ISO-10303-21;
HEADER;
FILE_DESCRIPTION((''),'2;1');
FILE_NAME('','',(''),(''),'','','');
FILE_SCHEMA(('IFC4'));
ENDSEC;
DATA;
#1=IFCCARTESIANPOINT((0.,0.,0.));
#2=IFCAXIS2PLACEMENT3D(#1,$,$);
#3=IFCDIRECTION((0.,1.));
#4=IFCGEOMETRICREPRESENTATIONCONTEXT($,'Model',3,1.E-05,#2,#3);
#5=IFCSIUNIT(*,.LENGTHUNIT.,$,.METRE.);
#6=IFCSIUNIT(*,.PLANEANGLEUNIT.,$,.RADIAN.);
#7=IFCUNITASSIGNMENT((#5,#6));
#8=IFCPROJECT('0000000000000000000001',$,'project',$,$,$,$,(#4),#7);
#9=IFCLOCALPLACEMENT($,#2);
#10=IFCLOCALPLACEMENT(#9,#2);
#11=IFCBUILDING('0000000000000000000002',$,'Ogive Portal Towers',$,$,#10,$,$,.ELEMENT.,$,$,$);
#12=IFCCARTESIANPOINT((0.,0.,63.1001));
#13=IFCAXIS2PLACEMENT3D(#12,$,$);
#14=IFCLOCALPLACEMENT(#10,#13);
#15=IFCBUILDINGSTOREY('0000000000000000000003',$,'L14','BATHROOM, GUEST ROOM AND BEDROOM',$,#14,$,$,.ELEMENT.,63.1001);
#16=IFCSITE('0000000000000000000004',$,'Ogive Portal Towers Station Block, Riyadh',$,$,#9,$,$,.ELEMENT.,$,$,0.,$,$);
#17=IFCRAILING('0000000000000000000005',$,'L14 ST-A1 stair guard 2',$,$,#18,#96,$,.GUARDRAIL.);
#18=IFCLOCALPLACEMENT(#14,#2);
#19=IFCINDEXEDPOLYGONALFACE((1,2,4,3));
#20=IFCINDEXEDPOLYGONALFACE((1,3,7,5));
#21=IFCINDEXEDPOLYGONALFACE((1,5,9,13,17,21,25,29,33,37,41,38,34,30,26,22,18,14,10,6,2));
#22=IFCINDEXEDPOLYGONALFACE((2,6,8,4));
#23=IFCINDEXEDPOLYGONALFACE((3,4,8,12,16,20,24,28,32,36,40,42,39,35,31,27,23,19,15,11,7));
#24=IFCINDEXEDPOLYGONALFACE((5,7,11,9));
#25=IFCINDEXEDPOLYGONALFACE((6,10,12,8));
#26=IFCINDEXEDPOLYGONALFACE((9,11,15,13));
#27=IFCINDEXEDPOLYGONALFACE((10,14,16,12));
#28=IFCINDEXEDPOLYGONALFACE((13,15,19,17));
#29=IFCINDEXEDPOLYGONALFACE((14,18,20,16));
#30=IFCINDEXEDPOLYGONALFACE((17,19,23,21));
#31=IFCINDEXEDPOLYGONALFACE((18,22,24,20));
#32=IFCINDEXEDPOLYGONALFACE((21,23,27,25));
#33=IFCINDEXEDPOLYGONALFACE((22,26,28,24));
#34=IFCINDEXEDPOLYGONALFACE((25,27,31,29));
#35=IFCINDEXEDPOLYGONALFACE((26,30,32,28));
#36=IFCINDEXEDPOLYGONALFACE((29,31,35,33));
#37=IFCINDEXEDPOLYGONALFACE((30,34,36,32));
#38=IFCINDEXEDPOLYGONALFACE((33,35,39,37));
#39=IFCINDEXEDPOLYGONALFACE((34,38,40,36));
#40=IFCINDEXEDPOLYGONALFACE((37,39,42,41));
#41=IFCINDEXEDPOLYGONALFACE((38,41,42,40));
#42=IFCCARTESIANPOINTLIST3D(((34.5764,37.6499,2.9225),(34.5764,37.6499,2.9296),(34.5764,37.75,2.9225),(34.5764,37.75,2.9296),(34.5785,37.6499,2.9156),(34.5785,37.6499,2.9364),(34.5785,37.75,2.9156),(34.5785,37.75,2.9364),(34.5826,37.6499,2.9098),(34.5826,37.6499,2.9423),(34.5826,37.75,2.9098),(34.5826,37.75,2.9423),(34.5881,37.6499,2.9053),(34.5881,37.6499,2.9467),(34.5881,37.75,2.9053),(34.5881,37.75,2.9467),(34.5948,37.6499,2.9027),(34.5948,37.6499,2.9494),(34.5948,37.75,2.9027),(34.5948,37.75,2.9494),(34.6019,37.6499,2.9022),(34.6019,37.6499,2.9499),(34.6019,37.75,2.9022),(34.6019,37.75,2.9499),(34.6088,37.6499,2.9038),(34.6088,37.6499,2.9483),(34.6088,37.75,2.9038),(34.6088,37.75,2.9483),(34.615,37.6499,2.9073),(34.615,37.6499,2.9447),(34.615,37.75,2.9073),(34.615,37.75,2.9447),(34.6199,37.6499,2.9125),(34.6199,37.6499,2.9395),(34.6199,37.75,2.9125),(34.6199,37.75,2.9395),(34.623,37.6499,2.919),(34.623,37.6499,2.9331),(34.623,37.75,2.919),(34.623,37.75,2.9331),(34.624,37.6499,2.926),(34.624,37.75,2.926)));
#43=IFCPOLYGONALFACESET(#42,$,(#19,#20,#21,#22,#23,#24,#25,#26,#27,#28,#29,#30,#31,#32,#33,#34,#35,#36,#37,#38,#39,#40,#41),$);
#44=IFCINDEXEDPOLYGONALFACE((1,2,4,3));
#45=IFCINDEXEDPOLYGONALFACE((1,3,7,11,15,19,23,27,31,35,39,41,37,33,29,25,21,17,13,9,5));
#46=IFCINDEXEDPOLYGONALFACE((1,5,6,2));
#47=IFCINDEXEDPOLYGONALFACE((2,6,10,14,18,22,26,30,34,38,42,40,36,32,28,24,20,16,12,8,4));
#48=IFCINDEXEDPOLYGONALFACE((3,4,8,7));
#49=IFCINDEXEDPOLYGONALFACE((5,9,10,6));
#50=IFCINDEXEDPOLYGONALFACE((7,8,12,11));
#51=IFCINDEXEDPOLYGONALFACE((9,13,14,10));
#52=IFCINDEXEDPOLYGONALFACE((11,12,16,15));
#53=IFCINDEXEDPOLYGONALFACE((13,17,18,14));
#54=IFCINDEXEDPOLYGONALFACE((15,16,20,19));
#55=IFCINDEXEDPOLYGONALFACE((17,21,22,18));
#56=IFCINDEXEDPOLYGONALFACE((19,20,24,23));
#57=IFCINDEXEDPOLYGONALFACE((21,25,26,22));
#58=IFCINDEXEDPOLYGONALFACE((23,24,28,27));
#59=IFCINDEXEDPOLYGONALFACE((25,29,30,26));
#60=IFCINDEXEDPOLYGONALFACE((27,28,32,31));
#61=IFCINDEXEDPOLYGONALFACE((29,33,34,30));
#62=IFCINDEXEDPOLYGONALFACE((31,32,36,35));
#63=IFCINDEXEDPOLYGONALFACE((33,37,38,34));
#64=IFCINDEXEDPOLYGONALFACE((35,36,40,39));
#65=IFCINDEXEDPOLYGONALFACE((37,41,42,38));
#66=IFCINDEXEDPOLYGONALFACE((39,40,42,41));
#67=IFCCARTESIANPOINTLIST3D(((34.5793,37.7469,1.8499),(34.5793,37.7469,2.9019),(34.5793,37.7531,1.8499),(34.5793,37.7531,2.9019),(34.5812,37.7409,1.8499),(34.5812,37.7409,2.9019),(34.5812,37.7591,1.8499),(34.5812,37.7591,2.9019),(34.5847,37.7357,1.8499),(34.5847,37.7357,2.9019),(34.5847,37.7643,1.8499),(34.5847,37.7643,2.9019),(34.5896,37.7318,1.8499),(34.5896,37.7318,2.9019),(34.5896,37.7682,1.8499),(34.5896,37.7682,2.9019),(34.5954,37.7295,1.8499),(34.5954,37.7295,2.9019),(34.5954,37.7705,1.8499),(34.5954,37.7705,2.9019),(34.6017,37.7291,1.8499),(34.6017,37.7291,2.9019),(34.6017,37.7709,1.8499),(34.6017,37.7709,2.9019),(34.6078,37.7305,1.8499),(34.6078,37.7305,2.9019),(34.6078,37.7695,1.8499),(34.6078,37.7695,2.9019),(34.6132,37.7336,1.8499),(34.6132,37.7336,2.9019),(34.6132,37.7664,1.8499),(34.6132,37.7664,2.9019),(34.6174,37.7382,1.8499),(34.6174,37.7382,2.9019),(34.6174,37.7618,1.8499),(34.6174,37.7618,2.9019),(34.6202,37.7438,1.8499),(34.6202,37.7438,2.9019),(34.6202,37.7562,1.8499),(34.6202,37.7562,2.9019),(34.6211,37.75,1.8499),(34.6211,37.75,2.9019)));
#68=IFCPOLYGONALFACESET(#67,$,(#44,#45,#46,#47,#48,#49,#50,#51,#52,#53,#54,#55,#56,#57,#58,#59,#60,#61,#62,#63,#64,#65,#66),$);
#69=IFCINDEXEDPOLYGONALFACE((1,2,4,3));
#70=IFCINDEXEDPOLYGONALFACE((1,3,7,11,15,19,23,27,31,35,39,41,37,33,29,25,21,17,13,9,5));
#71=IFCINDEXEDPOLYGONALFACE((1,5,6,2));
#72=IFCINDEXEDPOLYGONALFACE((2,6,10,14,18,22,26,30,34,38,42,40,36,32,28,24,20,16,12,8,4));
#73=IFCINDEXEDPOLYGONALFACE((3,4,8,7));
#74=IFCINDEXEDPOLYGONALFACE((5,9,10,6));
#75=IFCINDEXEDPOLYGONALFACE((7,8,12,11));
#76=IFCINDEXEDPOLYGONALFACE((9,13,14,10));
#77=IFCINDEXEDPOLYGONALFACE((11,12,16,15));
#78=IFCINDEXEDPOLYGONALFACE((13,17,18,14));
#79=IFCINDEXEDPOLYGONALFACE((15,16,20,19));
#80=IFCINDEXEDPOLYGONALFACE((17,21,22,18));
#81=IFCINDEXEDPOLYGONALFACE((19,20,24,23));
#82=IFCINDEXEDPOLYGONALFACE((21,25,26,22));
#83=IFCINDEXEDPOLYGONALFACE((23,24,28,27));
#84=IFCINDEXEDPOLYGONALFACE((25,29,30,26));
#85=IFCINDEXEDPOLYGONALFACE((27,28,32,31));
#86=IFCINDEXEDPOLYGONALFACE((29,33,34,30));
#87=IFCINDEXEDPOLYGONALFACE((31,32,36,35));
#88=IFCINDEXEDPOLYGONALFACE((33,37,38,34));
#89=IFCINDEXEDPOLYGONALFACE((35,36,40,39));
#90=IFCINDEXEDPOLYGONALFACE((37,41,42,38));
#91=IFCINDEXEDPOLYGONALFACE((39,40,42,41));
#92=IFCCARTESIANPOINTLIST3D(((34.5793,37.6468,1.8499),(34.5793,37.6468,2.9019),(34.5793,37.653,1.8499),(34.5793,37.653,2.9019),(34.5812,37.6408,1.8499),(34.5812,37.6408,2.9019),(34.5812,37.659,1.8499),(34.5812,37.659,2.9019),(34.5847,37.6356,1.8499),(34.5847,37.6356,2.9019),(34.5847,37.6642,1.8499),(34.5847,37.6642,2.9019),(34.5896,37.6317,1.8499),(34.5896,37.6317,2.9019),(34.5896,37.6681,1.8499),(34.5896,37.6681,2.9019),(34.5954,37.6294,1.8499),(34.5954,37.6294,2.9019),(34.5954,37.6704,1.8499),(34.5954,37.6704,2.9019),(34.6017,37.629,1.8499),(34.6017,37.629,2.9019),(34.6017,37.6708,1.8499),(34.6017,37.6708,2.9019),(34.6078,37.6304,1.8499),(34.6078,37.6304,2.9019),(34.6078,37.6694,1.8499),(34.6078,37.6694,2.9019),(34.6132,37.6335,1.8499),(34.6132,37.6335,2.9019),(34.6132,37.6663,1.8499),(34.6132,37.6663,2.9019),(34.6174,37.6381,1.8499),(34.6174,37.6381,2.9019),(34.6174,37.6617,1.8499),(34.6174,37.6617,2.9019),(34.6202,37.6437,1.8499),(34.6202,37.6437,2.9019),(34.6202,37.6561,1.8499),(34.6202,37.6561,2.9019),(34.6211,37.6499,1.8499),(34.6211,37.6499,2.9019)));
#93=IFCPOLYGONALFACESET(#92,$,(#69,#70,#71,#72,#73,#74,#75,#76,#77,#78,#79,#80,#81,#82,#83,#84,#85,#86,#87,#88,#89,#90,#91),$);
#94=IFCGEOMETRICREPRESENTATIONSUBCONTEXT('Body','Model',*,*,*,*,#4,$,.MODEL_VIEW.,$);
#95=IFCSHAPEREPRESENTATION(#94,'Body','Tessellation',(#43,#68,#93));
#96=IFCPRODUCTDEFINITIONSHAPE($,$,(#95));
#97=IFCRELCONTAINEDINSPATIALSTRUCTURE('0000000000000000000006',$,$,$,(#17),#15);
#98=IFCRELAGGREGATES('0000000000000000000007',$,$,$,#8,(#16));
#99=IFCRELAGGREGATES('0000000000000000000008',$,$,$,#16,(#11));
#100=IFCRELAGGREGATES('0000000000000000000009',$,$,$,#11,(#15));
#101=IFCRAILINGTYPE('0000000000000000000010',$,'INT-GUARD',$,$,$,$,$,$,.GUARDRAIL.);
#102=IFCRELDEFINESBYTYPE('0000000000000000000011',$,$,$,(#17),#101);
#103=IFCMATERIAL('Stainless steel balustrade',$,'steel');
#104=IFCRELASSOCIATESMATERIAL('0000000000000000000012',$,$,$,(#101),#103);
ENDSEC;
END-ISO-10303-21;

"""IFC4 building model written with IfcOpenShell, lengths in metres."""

from ifc_helpers import new_model, si_unit, direction, frame, origin, origin_2d, place, context, subcontext, project, spatial, circle, extrude, material, type_object, element, save


model = new_model("IFC4")

# Units and contexts
model_context = context("Model", 3, precision=1e-05, world=origin(), true_north=direction((0.0, 1.0)))
body_context = subcontext(model_context, "Body", "Model", "MODEL_VIEW")
ifc_project = project(units=[si_unit("LENGTHUNIT", "METRE"), si_unit("PLANEANGLEUNIT", "RADIAN")], contexts=[model_context])

# Site, building, storey
site_placement = place(None, origin())
site = spatial("IfcSite", under=ifc_project, at=site_placement, Name="Ogive Portal Towers Station Block, Riyadh", CompositionType="ELEMENT", RefElevation=0.0)
building_placement = place(site_placement, origin())
building = spatial("IfcBuilding", under=site, at=building_placement, Name="Ogive Portal Towers", CompositionType="ELEMENT")
storey_placement = place(building_placement, frame((0.0, 0.0, 63.1001)))
storey = spatial("IfcBuildingStorey", under=building, at=storey_placement, Name="L14", Description="BATHROOM, GUEST ROOM AND BEDROOM", CompositionType="ELEMENT", Elevation=63.1001)

# Railing
ifc_material_1 = material(Name="Stainless steel balustrade", Category="steel")
railing_type_1 = type_object("IfcRailingType", Name="INT-GUARD", PredefinedType="GUARDRAIL", material=ifc_material_1)
railing_1_placement = place(storey_placement, frame((34.6001, 37.75, 1.8499)))
element("IfcRailing", 1, at=railing_1_placement, inside=storey, type_object=railing_type_1, Name="L14 ST-A1 stair guard 2", PredefinedType="GUARDRAIL", context=body_context, shape_type="SweptSolid", body=[
    extrude(circle(Radius=0.0239, at=origin_2d()), frame((0.0, 0.0, 1.0762), z_axis=(0.0, -1.0, 0.0), x_axis=(1.0, 0.0, 0.0)), (0.0, 0.0, 1.0), 0.1001),
    extrude(circle(Radius=0.021, at=origin_2d()), origin(), (0.0, 0.0, 1.0), 1.052),
    extrude(circle(Radius=0.021, at=origin_2d()), frame((0.0, -0.1001, 0.0)), (0.0, 0.0, 1.0), 1.052),
])

save(model, "model.ifc")
